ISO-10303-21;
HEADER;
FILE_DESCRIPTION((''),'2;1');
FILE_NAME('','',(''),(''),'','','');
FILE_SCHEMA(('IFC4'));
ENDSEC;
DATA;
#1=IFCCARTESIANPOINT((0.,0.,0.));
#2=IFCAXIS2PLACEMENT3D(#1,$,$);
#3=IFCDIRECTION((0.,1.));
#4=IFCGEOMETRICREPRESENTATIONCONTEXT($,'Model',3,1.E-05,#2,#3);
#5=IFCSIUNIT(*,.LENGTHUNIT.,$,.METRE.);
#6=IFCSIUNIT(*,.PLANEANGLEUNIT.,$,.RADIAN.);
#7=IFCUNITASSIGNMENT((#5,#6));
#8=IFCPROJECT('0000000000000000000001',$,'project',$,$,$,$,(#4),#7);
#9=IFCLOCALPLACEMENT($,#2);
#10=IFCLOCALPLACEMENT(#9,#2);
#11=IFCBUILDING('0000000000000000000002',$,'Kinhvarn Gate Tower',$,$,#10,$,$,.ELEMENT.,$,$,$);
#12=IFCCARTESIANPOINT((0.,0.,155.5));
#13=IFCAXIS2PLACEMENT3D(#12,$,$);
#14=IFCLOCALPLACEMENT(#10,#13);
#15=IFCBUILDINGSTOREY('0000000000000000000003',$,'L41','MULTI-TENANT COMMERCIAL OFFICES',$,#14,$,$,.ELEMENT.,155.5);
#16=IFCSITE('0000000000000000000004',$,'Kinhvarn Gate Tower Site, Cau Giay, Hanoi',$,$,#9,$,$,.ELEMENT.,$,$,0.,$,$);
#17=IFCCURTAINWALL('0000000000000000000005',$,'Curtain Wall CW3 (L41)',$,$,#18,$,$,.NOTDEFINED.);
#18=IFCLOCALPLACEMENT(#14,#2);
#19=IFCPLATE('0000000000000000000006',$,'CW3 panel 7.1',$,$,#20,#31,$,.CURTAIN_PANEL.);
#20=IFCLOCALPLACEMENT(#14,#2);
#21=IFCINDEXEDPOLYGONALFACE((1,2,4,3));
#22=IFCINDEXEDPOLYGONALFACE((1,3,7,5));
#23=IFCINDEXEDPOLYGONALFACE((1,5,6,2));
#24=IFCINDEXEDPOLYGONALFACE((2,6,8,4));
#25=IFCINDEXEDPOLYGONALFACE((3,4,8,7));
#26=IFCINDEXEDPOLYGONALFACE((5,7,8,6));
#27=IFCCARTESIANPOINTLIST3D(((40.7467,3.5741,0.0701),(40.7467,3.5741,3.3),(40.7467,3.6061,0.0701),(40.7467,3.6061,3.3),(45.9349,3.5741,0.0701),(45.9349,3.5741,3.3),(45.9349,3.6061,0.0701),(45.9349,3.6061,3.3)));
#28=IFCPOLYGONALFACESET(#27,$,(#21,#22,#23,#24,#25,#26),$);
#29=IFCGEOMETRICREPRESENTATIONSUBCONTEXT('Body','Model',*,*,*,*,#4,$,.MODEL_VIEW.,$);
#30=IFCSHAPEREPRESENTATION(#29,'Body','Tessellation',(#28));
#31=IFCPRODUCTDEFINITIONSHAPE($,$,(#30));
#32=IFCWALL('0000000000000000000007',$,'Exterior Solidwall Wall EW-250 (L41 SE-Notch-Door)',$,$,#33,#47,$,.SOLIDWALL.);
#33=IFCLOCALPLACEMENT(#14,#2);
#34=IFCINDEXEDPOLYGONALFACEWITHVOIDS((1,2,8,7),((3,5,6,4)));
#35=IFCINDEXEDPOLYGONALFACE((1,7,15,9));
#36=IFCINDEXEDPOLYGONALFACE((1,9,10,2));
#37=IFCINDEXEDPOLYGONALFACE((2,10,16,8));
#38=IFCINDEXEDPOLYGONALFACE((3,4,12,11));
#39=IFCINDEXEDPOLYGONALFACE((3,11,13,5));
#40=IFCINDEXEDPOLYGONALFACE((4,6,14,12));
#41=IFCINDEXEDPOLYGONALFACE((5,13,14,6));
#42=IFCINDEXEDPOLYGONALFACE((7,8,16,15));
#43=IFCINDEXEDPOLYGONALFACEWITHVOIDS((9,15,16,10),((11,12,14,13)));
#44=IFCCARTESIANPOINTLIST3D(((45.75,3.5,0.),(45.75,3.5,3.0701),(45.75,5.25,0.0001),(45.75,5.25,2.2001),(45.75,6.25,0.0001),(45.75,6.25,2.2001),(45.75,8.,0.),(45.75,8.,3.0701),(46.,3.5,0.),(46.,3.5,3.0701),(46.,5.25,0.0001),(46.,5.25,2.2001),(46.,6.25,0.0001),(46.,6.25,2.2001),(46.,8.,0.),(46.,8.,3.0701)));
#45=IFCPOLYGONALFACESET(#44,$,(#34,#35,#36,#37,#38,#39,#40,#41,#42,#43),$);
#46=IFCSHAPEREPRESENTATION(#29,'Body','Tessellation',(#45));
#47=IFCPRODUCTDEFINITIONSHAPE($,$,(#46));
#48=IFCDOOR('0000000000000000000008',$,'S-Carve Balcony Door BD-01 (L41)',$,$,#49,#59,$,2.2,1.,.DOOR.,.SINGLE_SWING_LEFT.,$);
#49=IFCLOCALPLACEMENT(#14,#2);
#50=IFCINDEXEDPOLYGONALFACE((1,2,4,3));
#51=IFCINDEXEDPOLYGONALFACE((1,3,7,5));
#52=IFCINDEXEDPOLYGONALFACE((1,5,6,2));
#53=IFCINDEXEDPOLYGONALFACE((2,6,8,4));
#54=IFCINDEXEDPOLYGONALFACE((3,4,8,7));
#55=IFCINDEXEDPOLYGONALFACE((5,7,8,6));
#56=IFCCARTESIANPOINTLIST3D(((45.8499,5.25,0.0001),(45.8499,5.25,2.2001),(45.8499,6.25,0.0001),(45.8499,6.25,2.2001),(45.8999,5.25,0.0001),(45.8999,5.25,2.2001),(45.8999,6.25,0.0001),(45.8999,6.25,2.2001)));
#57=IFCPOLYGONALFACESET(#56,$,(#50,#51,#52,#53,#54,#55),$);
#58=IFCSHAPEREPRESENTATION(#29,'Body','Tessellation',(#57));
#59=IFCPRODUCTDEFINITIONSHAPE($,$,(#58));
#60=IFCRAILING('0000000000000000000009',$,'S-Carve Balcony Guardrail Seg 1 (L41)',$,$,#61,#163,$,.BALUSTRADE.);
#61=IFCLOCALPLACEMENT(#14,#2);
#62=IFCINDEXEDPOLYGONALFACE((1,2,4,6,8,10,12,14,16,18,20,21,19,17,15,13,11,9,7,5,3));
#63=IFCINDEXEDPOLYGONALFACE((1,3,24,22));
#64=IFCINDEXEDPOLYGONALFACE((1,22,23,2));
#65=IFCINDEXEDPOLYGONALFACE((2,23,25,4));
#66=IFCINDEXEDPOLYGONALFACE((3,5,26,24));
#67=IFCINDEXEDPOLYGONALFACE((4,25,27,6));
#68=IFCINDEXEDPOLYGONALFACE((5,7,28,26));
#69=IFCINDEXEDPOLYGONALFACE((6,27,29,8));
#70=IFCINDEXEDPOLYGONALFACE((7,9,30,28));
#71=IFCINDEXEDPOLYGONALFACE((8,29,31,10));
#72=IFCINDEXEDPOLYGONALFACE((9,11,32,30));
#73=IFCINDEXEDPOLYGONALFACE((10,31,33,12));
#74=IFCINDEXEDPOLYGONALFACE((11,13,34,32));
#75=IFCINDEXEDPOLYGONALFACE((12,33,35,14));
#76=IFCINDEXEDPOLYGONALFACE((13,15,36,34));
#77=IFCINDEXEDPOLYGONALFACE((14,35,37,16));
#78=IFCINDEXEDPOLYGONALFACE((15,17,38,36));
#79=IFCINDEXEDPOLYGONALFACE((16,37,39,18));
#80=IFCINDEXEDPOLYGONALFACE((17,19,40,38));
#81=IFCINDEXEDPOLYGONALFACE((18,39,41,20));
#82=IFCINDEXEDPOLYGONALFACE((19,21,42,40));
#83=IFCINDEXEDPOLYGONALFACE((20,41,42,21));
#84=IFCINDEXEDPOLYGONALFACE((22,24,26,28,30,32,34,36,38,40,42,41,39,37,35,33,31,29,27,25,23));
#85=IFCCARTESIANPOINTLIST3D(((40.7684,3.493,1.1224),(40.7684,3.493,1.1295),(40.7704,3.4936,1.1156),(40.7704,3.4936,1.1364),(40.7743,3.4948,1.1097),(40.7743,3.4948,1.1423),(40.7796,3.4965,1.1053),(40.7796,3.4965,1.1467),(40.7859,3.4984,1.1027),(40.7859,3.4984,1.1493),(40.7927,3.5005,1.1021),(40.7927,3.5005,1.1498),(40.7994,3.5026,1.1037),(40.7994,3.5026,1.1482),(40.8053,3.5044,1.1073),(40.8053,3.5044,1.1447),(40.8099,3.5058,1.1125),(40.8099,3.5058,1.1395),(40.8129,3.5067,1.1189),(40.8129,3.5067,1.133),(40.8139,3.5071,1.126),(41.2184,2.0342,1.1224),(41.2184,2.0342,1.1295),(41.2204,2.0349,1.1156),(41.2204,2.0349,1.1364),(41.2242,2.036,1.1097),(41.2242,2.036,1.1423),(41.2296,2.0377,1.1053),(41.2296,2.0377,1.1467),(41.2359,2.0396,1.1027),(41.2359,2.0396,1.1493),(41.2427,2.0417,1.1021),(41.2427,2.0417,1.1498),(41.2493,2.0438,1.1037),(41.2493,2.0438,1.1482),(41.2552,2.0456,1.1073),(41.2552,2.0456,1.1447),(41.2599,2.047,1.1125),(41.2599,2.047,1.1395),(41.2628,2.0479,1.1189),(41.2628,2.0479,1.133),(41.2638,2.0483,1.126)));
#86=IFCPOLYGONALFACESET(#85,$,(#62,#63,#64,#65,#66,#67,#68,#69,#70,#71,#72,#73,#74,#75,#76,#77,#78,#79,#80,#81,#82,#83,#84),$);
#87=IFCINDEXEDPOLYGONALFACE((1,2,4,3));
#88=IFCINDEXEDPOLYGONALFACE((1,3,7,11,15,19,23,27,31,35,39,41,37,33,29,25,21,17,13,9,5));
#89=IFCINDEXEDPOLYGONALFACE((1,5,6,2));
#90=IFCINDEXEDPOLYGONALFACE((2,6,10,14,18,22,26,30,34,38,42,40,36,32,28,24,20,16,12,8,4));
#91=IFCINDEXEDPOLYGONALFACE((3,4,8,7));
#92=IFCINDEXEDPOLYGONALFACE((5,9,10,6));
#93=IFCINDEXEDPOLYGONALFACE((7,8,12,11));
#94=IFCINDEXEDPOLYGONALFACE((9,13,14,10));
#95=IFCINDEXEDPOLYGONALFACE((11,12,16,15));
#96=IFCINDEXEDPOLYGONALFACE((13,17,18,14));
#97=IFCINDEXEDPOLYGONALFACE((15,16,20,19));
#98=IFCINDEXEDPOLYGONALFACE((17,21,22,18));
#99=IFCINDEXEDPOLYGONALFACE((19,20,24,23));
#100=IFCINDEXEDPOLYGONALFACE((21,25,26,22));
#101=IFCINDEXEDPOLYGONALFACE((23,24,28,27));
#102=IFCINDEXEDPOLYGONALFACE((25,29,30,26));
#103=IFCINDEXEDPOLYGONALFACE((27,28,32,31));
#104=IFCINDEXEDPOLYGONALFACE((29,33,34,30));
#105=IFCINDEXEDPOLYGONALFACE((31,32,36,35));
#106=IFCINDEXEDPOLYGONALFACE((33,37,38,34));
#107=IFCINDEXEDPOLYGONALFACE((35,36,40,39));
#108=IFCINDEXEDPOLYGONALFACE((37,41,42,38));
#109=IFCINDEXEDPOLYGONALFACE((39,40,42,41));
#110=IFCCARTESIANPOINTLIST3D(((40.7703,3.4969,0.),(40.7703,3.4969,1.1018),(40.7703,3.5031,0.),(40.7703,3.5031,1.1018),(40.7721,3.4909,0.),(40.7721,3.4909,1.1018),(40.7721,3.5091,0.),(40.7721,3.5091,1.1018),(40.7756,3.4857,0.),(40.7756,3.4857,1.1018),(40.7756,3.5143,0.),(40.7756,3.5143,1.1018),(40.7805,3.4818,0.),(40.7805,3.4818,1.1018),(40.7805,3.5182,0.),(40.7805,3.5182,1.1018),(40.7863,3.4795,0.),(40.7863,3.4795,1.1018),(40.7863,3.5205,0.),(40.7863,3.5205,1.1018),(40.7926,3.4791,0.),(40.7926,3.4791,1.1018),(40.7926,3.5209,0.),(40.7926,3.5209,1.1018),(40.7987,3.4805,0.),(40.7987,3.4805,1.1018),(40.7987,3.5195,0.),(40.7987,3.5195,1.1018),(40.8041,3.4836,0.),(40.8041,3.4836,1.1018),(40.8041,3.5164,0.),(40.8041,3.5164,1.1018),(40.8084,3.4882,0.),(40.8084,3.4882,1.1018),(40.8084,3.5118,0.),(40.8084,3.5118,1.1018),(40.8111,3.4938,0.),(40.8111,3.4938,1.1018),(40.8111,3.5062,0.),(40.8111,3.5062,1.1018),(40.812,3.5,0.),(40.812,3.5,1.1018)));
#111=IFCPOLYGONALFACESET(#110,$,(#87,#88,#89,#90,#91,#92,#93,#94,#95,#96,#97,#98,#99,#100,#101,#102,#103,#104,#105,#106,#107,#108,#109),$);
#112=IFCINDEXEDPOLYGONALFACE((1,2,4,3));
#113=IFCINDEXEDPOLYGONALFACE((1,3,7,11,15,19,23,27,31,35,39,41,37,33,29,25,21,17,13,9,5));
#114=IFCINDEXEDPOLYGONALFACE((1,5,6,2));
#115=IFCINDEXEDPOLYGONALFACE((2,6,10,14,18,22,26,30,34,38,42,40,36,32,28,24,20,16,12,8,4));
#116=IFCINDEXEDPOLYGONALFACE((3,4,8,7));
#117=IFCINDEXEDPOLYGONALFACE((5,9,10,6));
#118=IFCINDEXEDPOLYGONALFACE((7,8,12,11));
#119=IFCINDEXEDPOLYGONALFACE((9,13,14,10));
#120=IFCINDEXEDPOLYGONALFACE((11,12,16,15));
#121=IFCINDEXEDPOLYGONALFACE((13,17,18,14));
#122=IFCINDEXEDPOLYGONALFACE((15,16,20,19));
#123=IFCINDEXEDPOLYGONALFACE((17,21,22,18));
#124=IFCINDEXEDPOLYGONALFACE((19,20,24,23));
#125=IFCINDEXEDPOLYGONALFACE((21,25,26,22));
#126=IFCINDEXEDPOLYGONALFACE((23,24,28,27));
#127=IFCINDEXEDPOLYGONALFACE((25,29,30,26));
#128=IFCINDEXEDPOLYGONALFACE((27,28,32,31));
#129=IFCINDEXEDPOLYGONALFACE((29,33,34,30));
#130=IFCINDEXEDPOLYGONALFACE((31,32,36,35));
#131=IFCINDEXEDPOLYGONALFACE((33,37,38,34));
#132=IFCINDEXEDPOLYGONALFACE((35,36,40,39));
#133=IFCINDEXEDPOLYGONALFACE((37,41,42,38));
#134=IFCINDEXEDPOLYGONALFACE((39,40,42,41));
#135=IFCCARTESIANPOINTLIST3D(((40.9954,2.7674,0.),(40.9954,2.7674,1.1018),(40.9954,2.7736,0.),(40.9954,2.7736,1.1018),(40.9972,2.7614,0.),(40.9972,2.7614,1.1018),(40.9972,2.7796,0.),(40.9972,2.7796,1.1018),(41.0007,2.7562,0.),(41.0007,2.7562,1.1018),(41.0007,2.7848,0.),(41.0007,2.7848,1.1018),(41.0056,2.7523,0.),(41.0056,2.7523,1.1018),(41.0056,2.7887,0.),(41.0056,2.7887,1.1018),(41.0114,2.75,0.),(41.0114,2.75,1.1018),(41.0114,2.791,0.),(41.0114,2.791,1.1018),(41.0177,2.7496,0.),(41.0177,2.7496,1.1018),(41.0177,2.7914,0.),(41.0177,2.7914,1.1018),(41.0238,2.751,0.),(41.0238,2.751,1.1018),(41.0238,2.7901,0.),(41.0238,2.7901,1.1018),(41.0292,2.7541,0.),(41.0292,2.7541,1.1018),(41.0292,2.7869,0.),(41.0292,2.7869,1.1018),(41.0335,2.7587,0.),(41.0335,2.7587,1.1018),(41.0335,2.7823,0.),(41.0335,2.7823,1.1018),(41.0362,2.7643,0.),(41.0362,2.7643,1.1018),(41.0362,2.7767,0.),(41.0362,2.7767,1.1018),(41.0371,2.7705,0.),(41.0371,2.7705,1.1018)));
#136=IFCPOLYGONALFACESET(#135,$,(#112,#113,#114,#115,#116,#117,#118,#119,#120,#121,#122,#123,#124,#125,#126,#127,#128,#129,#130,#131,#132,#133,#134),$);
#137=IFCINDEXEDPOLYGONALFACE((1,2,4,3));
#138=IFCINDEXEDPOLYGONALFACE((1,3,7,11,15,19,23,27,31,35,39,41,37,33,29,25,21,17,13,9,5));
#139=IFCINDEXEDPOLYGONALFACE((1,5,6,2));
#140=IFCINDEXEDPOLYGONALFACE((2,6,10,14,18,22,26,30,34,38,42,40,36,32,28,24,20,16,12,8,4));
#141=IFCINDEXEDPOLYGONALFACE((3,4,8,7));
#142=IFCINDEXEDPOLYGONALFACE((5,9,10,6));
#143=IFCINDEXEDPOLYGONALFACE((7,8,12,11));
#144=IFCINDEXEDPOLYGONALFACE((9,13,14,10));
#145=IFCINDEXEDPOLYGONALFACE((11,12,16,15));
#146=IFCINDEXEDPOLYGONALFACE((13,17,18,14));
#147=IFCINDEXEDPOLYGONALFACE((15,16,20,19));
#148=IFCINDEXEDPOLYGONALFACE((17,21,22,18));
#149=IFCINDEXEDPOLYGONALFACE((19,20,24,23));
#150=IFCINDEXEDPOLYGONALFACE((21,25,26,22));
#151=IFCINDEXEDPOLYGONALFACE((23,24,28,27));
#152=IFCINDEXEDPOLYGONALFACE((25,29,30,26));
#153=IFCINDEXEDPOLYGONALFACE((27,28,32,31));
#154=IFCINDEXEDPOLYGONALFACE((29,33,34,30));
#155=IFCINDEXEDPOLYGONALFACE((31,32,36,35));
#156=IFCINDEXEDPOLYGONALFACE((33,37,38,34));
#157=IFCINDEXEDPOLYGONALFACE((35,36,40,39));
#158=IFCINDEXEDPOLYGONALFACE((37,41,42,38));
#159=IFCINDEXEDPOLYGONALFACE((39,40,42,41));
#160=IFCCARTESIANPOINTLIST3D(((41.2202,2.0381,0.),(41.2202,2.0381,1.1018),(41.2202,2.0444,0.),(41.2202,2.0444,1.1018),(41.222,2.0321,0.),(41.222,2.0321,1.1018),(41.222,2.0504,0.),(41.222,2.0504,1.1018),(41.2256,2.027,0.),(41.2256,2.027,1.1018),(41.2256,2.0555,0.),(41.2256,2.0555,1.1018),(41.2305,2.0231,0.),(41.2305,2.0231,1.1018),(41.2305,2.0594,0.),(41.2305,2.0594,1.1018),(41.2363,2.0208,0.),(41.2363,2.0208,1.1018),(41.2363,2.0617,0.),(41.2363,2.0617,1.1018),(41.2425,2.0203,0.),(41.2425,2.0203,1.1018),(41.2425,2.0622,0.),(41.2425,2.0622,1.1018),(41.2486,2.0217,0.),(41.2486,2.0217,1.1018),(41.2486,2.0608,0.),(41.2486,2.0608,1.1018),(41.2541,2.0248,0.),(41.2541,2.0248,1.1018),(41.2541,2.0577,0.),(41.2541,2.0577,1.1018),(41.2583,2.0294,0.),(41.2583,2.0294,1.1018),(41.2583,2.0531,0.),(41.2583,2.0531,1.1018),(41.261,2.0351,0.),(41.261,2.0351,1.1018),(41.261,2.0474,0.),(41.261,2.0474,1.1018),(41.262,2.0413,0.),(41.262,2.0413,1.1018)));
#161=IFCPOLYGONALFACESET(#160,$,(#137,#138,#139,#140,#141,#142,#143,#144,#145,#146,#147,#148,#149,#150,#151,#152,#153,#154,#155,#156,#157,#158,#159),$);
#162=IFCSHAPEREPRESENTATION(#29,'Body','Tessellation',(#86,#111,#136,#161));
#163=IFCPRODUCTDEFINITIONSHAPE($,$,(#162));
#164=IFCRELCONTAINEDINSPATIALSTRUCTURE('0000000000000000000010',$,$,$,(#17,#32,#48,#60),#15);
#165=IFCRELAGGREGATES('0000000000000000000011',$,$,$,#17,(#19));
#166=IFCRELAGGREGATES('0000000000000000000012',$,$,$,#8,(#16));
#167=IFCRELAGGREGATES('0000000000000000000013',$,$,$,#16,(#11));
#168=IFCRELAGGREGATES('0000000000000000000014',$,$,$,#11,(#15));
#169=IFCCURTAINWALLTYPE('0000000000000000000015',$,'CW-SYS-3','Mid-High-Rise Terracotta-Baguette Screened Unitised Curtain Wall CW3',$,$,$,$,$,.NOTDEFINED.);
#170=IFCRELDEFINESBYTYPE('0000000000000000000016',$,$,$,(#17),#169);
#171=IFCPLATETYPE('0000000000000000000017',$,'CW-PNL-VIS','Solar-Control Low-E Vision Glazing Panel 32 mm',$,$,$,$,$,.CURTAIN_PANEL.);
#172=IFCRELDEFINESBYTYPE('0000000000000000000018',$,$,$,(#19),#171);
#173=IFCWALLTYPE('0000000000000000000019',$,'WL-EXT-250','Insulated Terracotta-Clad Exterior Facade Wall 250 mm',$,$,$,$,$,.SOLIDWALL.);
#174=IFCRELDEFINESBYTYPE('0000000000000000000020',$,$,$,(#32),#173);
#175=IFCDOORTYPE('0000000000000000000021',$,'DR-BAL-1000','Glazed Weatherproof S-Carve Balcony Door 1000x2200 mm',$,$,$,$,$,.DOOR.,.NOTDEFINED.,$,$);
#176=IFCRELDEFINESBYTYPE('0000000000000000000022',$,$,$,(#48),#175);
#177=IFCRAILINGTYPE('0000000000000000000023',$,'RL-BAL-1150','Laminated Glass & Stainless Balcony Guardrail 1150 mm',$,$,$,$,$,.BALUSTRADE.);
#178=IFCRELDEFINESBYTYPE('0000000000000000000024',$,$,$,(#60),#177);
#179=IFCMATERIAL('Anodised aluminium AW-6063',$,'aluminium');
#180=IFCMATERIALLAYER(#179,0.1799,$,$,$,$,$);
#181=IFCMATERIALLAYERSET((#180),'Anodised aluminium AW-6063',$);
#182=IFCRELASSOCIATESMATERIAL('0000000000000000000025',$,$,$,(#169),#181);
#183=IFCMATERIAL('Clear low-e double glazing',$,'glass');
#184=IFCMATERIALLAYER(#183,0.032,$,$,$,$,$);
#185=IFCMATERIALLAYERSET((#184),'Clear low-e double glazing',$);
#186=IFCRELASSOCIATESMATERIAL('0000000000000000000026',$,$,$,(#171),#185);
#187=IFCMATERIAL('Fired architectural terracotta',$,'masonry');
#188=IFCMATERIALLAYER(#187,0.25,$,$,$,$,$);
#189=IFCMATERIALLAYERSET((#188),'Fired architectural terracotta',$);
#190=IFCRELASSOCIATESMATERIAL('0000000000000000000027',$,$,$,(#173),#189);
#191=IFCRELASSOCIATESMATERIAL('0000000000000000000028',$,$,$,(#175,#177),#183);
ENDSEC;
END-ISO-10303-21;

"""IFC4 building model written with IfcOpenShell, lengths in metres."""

from ifc_helpers import new_model, si_unit, direction, frame, frame_2d, origin, origin_2d, place, context, subcontext, project, spatial, rectangle, circle, extrude, material, layer, layer_set, type_object, element, fill, aggregate, save


model = new_model("IFC4")

# Units and contexts
model_context = context("Model", 3, precision=1e-05, world=origin(), true_north=direction((0.0, 1.0)))
body_context = subcontext(model_context, "Body", "Model", "MODEL_VIEW")
ifc_project = project(units=[si_unit("LENGTHUNIT", "METRE"), si_unit("PLANEANGLEUNIT", "RADIAN")], contexts=[model_context])

# Site, building, storey
site_placement = place(None, origin())
site = spatial("IfcSite", under=ifc_project, at=site_placement, Name="Kinhvarn Gate Tower Site, Cau Giay, Hanoi", CompositionType="ELEMENT", RefElevation=0.0)
building_placement = place(site_placement, origin())
building = spatial("IfcBuilding", under=site, at=building_placement, Name="Kinhvarn Gate Tower", CompositionType="ELEMENT")
storey_placement = place(building_placement, frame((0.0, 0.0, 155.5)))
storey = spatial("IfcBuildingStorey", under=building, at=storey_placement, Name="L41", Description="MULTI-TENANT COMMERCIAL OFFICES", CompositionType="ELEMENT", Elevation=155.5)

# Curtain wall
ifc_material_1 = material(Name="Anodised aluminium AW-6063", Category="aluminium")
ifc_layer_1 = layer(ifc_material_1, 0.1799)
ifc_layer_set_1 = layer_set([ifc_layer_1], Name="Anodised aluminium AW-6063")
curtain_wall_type = type_object("IfcCurtainWallType", Name="CW-SYS-3", Description="Mid-High-Rise Terracotta-Baguette Screened Unitised Curtain Wall CW3", PredefinedType="NOTDEFINED", material=ifc_layer_set_1)
curtain_wall_1_placement = place(storey_placement, origin())
curtain_wall_1 = element("IfcCurtainWall", 1, at=curtain_wall_1_placement, inside=storey, type_object=curtain_wall_type, Name="Curtain Wall CW3 (L41)", PredefinedType="NOTDEFINED")

# Plate
ifc_material_2 = material(Name="Clear low-e double glazing", Category="glass")
ifc_layer_2 = layer(ifc_material_2, 0.032)
ifc_layer_set_2 = layer_set([ifc_layer_2], Name="Clear low-e double glazing")
plate_type = type_object("IfcPlateType", Name="CW-PNL-VIS", Description="Solar-Control Low-E Vision Glazing Panel 32 mm", PredefinedType="CURTAIN_PANEL", material=ifc_layer_set_2)
plate_placement = place(storey_placement, frame((43.3408, 3.5901, 0.0701), z_axis=(0.0, 0.0, 1.0), x_axis=(1.0, 0.0, 0.0)))
plate = element("IfcPlate", 2, at=plate_placement, type_object=plate_type, Name="CW3 panel 7.1", PredefinedType="CURTAIN_PANEL", context=body_context, shape_type="SweptSolid", body=[
    extrude(rectangle(XDim=5.1882, YDim=0.032, at=origin_2d()), origin(), (0.0, 0.0, 1.0), 3.23),
])
aggregate(curtain_wall_1, [plate])

# Wall, opening, door
ifc_material_3 = material(Name="Fired architectural terracotta", Category="masonry")
ifc_layer_3 = layer(ifc_material_3, 0.25)
ifc_layer_set_3 = layer_set([ifc_layer_3], Name="Fired architectural terracotta")
wall_type = type_object("IfcWallType", Name="WL-EXT-250", Description="Insulated Terracotta-Clad Exterior Facade Wall 250 mm", PredefinedType="SOLIDWALL", material=ifc_layer_set_3)
wall_placement = place(storey_placement, frame((45.875, 3.5, 0.0), z_axis=(0.0, 0.0, 1.0), x_axis=(0.0, 1.0, 0.0)))
wall = element("IfcWall", 3, at=wall_placement, inside=storey, type_object=wall_type, Name="Exterior Solidwall Wall EW-250 (L41 SE-Notch-Door)", PredefinedType="SOLIDWALL", context=body_context, shape_type="SweptSolid", body=[
    extrude(rectangle(XDim=4.5, YDim=0.25, at=frame_2d((2.25, 0.0))), origin(), (0.0, 0.0, 1.0), 3.0701),
])
opening_placement = place(wall_placement, frame((1.75, 0.0, 0.0)))
opening = element("IfcOpeningElement", 4, at=opening_placement, cuts=wall, PredefinedType="OPENING", context=body_context, shape_type="SweptSolid", body=[
    extrude(rectangle(XDim=1.0, YDim=2.2, at=frame_2d((0.5, 1.1001))), frame((0.0, 0.135, 0.0), z_axis=(0.0, -1.0, 0.0), x_axis=(1.0, 0.0, 0.0)), (0.0, 0.0, 1.0), 0.27),
])
door_type = type_object("IfcDoorType", Name="DR-BAL-1000", Description="Glazed Weatherproof S-Carve Balcony Door 1000x2200 mm", OperationType="NOTDEFINED", PredefinedType="DOOR", material=ifc_material_2)
door_placement = place(opening_placement, frame((1.0, 0.0, 0.0), z_axis=(0.0, 0.0, 1.0), x_axis=(-1.0, 0.0, 0.0)))
door = element("IfcDoor", 5, at=door_placement, inside=storey, type_object=door_type, Name="S-Carve Balcony Door BD-01 (L41)", OperationType="SINGLE_SWING_LEFT", OverallHeight=2.2, OverallWidth=1.0, PredefinedType="DOOR", context=body_context, shape_type="SweptSolid", body=[
    extrude(rectangle(XDim=1.0, YDim=2.2, at=frame_2d((0.5, 1.1001))), frame((0.0, 0.0249, 0.0), z_axis=(0.0, -1.0, 0.0), x_axis=(1.0, 0.0, 0.0)), (0.0, 0.0, 1.0), 0.05),
])
fill(opening, door)

# Railing
railing_type = type_object("IfcRailingType", Name="RL-BAL-1150", Description="Laminated Glass & Stainless Balcony Guardrail 1150 mm", PredefinedType="BALUSTRADE", material=ifc_material_2)
railing_1_placement = place(storey_placement, frame((40.791, 3.5, 0.0)))
element("IfcRailing", 6, at=railing_1_placement, inside=storey, type_object=railing_type, Name="S-Carve Balcony Guardrail Seg 1 (L41)", PredefinedType="BALUSTRADE", context=body_context, shape_type="SweptSolid", body=[
    extrude(circle(Radius=0.0239, at=origin_2d()), frame((0.0, 0.0, 1.126), z_axis=(0.294749, -0.955575, 0.0), x_axis=(0.955575, 0.294749, 0.0)), (0.0, 0.0, 1.0), 1.5266),
    extrude(circle(Radius=0.021, at=origin_2d()), origin(), (0.0, 0.0, 1.0), 1.1018),
    extrude(circle(Radius=0.021, at=origin_2d()), frame((0.2251, -0.7295, 0.0)), (0.0, 0.0, 1.0), 1.1018),
    extrude(circle(Radius=0.021, at=origin_2d()), frame((0.45, -1.4587, 0.0)), (0.0, 0.0, 1.0), 1.1018),
])

save(model, "model.ifc")
